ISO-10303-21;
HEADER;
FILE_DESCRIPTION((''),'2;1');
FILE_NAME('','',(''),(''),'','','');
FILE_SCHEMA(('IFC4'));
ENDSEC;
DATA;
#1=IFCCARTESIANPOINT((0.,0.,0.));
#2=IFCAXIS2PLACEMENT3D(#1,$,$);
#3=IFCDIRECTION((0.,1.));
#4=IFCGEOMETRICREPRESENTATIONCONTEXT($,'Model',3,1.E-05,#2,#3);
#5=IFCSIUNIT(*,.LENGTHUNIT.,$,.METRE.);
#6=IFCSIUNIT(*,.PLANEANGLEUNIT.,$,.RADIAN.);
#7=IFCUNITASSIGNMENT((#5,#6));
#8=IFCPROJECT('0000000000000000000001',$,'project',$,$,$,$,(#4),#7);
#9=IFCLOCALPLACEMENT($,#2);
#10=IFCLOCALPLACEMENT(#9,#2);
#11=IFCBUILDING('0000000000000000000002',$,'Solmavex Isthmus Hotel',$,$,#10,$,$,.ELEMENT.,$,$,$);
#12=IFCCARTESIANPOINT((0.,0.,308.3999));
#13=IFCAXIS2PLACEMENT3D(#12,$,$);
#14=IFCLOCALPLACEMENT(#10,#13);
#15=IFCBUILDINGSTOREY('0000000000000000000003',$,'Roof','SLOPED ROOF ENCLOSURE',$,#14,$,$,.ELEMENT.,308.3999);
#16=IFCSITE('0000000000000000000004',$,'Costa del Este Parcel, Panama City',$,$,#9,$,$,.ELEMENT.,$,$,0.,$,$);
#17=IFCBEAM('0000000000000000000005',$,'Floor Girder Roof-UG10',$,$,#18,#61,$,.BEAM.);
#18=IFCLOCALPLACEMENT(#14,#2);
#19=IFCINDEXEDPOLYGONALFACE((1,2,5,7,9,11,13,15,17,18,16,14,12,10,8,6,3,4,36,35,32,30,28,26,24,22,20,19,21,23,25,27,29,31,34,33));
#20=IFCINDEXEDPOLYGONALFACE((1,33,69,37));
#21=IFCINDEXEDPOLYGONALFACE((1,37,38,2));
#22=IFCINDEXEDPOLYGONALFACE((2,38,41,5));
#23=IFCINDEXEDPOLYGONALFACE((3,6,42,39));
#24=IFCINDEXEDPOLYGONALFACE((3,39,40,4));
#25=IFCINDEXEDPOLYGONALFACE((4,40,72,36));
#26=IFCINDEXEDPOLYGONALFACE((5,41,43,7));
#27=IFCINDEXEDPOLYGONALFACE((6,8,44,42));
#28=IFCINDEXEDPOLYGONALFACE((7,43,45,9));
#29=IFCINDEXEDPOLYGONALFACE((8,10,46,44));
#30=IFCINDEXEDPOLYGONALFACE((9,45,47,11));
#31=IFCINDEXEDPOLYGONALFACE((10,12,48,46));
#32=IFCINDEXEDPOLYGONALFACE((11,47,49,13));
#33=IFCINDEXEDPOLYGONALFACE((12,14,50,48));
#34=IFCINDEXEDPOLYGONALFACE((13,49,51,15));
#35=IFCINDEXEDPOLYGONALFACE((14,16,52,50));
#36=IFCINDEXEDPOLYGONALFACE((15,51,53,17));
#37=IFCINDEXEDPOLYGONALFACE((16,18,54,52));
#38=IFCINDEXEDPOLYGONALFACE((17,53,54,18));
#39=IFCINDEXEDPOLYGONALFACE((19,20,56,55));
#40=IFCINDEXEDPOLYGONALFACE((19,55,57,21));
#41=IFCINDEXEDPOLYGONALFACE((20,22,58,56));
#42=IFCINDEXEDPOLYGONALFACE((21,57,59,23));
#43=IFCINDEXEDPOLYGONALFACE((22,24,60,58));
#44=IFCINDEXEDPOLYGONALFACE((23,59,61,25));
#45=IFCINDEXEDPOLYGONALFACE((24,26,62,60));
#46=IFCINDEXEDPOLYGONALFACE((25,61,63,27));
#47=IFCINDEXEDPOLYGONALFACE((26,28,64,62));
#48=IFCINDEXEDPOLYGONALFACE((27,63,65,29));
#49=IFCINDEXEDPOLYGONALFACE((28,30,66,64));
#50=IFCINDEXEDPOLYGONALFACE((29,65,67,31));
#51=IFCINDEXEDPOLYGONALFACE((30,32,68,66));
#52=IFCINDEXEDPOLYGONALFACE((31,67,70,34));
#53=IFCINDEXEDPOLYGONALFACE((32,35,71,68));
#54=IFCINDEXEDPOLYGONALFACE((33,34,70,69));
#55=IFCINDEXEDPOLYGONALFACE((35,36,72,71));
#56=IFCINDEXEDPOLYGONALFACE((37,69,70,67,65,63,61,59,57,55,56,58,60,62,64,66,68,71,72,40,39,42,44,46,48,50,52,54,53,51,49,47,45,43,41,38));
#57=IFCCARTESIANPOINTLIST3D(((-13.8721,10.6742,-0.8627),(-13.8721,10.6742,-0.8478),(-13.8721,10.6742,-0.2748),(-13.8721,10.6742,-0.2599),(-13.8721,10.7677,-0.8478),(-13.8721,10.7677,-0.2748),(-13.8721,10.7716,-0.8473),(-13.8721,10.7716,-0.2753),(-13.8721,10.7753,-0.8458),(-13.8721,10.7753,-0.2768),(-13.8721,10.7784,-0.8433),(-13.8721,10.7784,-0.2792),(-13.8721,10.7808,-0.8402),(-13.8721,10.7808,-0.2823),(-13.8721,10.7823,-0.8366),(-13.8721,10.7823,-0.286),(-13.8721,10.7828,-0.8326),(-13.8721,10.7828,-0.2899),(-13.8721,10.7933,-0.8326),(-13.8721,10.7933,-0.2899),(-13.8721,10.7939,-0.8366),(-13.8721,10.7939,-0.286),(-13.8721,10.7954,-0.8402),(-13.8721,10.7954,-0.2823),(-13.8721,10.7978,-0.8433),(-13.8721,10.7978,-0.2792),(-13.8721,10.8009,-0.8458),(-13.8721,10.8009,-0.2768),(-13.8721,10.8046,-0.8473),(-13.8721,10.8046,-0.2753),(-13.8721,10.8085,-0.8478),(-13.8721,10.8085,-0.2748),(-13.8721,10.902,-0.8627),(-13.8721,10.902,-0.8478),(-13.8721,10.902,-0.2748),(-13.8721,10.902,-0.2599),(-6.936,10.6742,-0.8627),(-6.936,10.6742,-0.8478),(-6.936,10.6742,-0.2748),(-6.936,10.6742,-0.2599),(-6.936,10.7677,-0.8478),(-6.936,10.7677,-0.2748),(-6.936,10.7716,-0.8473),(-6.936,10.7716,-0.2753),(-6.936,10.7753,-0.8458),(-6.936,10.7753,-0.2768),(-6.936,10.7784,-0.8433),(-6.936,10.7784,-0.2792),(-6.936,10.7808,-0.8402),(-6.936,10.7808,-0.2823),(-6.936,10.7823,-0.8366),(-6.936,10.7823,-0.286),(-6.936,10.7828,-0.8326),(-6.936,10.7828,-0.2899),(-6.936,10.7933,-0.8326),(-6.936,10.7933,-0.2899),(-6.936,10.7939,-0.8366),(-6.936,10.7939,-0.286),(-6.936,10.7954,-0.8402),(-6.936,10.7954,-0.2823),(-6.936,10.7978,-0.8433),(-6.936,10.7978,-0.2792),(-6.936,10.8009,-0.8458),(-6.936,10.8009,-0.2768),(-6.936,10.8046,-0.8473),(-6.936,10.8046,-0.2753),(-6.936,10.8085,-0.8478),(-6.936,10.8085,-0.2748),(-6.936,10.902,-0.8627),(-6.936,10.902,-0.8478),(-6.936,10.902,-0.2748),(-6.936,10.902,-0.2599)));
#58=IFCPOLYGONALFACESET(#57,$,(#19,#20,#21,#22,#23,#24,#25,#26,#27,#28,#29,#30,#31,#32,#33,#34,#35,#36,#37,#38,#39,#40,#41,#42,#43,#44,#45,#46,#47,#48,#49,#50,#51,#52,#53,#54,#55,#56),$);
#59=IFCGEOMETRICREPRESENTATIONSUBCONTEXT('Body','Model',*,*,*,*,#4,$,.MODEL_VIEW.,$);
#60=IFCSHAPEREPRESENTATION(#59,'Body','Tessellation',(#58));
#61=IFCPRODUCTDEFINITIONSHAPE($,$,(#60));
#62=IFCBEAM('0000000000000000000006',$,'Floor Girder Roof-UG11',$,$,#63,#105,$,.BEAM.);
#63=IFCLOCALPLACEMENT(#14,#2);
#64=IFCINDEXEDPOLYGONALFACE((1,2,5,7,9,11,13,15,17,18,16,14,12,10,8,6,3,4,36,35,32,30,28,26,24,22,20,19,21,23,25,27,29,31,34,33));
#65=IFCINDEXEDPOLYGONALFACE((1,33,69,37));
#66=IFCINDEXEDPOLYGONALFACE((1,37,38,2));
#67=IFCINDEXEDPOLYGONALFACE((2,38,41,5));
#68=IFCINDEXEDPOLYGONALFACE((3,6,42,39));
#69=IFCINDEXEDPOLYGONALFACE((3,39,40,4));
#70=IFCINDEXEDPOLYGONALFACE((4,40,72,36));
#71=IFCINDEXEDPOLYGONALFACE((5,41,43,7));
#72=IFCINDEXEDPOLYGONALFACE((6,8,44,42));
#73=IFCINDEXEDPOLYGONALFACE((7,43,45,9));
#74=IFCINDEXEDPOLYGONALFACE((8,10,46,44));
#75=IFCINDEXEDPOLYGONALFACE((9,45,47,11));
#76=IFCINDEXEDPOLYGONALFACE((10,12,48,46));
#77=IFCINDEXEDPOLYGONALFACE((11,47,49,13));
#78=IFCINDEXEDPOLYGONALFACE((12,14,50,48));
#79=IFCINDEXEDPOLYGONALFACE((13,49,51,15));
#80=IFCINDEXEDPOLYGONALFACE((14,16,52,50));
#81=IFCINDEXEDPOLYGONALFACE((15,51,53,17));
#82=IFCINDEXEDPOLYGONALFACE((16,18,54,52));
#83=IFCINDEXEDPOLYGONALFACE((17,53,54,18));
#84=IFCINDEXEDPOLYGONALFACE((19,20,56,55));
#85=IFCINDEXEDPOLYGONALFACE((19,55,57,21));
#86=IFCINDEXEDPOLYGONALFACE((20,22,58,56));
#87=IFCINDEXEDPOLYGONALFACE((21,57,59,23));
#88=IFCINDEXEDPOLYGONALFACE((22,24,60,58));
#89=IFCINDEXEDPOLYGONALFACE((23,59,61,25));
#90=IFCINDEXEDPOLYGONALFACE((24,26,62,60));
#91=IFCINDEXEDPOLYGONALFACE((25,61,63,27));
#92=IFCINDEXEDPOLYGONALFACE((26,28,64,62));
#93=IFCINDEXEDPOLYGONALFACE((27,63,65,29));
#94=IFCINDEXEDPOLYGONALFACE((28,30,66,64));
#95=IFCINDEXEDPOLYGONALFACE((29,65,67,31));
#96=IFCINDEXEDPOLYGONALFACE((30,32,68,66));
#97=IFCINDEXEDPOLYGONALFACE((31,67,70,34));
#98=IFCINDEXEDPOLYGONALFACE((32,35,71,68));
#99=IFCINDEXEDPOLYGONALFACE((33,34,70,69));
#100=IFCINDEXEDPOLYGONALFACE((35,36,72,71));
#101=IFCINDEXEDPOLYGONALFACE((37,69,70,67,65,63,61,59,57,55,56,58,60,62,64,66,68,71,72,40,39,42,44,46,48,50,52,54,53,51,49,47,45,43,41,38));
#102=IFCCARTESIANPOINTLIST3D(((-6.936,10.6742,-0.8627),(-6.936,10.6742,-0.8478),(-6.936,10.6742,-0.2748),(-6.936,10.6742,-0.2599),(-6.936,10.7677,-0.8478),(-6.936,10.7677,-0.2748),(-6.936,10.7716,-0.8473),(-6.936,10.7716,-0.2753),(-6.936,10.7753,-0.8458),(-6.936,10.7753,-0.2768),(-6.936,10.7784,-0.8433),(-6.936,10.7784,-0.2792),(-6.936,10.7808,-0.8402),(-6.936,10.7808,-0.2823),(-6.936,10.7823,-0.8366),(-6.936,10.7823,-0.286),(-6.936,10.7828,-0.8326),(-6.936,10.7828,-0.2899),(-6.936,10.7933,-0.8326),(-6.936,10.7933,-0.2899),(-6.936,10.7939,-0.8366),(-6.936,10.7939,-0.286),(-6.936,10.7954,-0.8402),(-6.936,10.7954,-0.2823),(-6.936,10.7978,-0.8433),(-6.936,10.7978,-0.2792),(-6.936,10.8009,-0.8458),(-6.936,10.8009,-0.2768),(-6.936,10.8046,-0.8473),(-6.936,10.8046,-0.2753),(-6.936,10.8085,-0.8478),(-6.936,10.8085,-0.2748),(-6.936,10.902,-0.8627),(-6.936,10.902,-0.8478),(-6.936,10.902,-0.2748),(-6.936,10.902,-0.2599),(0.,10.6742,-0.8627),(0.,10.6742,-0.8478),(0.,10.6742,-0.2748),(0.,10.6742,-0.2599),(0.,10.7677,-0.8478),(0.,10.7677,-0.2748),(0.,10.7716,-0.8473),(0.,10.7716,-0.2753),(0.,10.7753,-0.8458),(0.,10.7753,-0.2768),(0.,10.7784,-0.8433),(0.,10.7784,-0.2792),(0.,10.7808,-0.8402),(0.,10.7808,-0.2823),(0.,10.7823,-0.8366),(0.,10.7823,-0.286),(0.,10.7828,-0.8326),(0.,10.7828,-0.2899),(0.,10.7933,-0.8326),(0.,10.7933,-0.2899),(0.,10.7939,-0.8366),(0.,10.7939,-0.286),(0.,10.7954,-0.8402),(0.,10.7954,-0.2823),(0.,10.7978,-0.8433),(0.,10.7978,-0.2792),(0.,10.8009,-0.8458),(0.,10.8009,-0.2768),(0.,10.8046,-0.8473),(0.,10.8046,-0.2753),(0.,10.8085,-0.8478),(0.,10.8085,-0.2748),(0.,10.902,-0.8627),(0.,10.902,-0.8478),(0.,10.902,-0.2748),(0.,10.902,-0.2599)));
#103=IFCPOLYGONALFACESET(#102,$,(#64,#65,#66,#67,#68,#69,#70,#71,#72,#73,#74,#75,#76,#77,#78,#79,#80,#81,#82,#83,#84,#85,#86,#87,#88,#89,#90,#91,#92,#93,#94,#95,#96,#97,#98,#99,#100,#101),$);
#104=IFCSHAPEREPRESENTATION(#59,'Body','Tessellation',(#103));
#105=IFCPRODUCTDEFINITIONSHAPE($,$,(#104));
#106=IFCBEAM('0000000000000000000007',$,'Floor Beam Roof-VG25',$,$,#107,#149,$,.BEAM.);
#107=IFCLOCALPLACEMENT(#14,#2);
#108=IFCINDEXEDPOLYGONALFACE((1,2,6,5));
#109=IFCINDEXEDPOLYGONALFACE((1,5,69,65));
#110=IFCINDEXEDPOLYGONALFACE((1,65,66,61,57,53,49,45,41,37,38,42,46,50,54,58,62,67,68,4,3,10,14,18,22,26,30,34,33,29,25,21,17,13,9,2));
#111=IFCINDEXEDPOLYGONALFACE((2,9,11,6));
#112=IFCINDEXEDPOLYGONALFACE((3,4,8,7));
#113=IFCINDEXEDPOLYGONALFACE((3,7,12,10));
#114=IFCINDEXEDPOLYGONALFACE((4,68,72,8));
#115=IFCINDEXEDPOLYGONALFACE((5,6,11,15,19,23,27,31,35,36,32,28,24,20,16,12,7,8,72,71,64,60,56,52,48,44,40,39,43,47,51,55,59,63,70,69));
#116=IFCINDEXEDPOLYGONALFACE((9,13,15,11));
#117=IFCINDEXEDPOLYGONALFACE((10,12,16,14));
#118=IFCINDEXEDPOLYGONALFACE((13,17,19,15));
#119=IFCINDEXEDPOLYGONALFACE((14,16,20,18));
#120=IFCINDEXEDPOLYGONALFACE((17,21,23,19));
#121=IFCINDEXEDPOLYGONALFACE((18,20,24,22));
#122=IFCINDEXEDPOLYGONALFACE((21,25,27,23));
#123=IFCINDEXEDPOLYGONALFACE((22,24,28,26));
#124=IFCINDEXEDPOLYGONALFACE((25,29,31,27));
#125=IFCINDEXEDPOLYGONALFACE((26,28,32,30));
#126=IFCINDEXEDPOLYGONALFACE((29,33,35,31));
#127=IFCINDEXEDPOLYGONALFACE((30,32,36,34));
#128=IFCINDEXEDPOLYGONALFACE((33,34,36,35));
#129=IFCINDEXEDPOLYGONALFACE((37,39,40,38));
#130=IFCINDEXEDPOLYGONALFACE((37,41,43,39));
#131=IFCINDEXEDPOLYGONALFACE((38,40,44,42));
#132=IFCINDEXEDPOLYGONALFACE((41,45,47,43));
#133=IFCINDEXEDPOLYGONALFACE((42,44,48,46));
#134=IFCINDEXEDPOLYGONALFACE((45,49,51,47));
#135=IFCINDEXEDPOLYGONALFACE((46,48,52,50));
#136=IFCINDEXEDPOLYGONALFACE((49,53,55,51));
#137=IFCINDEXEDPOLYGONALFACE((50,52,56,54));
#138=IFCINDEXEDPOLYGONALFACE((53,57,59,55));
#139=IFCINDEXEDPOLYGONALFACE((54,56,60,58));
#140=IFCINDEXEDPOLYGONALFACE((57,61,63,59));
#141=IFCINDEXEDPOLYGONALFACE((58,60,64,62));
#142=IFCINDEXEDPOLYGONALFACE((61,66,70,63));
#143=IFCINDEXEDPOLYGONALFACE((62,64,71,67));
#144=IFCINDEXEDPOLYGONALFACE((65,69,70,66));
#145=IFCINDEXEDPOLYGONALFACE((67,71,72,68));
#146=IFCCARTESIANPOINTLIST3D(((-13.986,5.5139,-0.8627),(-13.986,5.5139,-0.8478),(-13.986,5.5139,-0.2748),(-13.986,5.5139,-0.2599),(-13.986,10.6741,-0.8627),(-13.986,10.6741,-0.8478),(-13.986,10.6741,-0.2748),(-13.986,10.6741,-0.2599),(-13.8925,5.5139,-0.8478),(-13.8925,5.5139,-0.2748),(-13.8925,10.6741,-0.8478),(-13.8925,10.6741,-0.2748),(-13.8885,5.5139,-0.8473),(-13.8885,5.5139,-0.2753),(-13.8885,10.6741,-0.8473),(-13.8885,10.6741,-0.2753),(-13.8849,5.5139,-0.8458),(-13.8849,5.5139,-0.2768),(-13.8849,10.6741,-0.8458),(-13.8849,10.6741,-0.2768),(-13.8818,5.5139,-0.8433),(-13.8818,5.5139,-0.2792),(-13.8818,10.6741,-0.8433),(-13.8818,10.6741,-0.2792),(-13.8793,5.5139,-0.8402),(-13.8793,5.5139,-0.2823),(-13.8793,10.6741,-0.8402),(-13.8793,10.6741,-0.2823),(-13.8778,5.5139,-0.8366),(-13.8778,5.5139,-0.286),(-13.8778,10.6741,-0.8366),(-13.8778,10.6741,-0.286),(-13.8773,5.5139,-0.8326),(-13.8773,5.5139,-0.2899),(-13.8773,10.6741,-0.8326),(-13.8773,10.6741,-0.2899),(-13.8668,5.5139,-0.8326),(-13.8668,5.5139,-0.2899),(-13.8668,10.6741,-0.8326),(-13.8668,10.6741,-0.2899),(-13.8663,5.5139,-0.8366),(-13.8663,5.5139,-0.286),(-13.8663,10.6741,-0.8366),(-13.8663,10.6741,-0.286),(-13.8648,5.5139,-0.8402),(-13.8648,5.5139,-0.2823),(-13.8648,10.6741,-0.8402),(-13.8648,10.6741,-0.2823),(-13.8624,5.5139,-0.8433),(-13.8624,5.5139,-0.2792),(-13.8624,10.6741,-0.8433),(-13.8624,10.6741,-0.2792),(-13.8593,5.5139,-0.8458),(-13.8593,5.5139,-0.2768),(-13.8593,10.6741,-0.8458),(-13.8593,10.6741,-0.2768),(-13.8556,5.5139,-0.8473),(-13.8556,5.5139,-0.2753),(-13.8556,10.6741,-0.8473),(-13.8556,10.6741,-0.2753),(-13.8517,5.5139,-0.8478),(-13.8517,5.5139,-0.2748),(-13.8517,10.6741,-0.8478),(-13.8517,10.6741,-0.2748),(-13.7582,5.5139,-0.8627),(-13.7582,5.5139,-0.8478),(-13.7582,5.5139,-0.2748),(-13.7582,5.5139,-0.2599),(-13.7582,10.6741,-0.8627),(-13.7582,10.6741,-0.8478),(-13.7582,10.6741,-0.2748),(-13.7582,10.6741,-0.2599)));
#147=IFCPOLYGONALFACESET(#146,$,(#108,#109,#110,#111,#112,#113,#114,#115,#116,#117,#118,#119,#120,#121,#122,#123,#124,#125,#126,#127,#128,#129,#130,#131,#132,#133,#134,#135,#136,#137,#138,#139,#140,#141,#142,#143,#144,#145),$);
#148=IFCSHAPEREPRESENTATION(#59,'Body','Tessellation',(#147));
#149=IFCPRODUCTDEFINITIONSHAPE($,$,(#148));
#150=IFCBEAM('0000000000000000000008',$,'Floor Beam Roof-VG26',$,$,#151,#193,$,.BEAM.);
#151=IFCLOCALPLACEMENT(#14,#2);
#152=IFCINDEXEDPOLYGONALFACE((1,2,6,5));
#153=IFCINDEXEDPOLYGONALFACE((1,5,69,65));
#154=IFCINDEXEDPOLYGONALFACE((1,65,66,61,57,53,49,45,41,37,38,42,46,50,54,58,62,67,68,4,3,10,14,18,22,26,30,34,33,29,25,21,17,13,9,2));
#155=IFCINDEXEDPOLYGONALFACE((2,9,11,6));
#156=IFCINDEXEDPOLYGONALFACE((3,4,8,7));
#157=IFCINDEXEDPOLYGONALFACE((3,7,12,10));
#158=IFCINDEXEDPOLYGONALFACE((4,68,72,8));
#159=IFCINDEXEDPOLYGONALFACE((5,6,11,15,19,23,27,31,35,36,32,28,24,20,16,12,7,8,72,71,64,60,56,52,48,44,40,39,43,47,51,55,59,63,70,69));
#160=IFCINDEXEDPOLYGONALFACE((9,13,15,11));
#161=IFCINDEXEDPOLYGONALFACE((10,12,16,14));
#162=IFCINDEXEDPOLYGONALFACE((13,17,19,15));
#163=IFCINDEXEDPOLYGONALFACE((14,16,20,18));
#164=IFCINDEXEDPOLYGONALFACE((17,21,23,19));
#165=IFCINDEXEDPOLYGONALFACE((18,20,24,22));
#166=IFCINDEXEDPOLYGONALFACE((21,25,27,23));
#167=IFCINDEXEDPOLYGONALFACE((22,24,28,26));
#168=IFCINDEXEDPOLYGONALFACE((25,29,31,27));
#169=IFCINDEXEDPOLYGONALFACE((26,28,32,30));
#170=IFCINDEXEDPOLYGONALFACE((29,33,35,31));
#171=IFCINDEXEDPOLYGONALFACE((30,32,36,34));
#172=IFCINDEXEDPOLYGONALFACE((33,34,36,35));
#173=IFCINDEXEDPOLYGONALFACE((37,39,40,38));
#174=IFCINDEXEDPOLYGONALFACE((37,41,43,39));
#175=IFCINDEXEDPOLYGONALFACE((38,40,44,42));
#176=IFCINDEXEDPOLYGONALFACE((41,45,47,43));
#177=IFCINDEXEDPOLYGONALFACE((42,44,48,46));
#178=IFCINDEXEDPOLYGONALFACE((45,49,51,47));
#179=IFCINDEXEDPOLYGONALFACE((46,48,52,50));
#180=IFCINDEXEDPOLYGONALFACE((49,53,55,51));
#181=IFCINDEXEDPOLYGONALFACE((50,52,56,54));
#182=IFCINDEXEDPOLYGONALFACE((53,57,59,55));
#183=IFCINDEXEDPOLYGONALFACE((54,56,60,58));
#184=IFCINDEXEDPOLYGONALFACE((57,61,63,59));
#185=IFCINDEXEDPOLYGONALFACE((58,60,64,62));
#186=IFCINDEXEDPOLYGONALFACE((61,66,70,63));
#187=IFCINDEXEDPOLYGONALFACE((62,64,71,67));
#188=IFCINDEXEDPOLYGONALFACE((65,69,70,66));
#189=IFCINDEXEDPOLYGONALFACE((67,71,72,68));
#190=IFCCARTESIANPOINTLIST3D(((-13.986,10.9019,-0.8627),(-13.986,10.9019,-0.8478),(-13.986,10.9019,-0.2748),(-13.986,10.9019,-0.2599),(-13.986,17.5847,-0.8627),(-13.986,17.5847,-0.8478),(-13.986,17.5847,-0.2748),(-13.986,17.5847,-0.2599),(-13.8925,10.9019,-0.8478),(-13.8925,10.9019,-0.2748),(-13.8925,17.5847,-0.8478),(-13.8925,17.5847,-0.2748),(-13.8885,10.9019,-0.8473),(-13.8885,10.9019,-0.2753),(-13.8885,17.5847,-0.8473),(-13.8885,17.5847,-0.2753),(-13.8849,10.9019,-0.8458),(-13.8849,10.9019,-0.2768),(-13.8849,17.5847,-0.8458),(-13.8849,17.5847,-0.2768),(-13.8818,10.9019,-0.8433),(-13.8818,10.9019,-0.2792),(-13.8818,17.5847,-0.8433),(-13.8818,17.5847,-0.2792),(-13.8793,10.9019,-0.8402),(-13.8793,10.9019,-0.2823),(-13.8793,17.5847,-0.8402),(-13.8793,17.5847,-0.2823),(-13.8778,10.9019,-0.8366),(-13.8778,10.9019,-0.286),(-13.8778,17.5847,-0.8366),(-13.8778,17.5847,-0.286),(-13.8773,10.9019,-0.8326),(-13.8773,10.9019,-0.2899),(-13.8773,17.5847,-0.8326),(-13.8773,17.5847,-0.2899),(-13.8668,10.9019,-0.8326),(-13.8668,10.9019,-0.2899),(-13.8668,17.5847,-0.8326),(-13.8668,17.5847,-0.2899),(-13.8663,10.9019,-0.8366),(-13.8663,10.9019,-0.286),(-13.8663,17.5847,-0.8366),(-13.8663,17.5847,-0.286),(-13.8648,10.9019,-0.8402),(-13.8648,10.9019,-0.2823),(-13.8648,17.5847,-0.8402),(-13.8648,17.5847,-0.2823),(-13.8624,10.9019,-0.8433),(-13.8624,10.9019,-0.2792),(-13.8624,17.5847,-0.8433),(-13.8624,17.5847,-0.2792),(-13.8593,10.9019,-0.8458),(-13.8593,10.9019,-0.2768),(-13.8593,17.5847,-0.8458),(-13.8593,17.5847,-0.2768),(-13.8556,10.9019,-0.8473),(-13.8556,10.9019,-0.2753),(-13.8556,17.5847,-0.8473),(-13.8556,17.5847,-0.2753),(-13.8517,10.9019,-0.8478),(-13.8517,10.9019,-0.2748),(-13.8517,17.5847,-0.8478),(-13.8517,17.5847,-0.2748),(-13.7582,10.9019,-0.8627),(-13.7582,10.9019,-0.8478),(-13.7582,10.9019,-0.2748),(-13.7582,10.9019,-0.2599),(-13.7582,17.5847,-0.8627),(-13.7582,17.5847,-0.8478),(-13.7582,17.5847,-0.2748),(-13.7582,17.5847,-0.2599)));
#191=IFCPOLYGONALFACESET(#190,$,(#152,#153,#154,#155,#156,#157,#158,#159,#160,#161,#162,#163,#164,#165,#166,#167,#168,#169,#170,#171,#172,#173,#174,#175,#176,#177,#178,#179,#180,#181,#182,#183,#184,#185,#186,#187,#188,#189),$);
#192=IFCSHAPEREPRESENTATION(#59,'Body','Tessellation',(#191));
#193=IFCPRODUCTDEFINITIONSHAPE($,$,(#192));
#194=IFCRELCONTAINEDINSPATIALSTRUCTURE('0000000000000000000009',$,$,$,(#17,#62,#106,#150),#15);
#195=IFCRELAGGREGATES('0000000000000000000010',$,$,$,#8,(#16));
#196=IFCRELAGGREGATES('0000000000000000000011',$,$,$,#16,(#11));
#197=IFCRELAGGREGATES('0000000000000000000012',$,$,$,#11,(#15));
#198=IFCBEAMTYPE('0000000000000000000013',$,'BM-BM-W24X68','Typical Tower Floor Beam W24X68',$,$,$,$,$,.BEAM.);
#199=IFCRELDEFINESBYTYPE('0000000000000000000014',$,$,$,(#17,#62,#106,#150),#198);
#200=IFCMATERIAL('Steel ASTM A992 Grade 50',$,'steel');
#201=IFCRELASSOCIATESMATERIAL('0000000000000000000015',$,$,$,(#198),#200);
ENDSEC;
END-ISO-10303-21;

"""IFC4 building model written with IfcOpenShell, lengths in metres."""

from ifc_helpers import new_model, si_unit, direction, frame, origin, origin_2d, place, context, subcontext, project, spatial, i_section, extrude, material, material_profile, profile_set, type_object, element, save


model = new_model("IFC4")

# Units and contexts
model_context = context("Model", 3, precision=1e-05, world=origin(), true_north=direction((0.0, 1.0)))
body_context = subcontext(model_context, "Body", "Model", "MODEL_VIEW")
ifc_project = project(units=[si_unit("LENGTHUNIT", "METRE"), si_unit("PLANEANGLEUNIT", "RADIAN")], contexts=[model_context])

# Site, building, storey
site_placement = place(None, origin())
site = spatial("IfcSite", under=ifc_project, at=site_placement, Name="Costa del Este Parcel, Panama City", CompositionType="ELEMENT", RefElevation=0.0)
building_placement = place(site_placement, origin())
building = spatial("IfcBuilding", under=site, at=building_placement, Name="Solmavex Isthmus Hotel", CompositionType="ELEMENT")
storey_placement = place(building_placement, frame((0.0, 0.0, 308.3999)))
storey = spatial("IfcBuildingStorey", under=building, at=storey_placement, Name="Roof", Description="SLOPED ROOF ENCLOSURE", CompositionType="ELEMENT", Elevation=308.3999)

# Beams
ifc_material_1 = material(Name="Steel ASTM A992 Grade 50", Category="steel")
ifc_material_profile_1 = material_profile(ifc_material_1, i_section(OverallWidth=0.2278, OverallDepth=0.6028, WebThickness=0.0105, FlangeThickness=0.0149, FilletRadius=0.0151, at=origin_2d()), Name="W24X68")
ifc_profile_set_1 = profile_set([ifc_material_profile_1], Name="Steel ASTM A992 Grade 50")
beam_type_1 = type_object("IfcBeamType", Name="BM-BM-W24X68", Description="Typical Tower Floor Beam W24X68", PredefinedType="BEAM", material=ifc_profile_set_1)
for number, where, z_axis, x_axis, name in (
    (1, (-13.8721, 10.7881, -0.5613), (1.0, 0.0, 0.0), (0.0, 1.0, 0.0), "Floor Girder Roof-UG10"),
    (2, (-6.936, 10.7881, -0.5613), (1.0, 0.0, 0.0), (0.0, 1.0, 0.0), "Floor Girder Roof-UG11"),
):
    element("IfcBeam", number, at=place(storey_placement, frame(where, z_axis=z_axis, x_axis=x_axis)), inside=storey, type_object=beam_type_1, Name=name, PredefinedType="BEAM", context=body_context, shape_type="SweptSolid", body=[
        extrude(i_section(OverallWidth=0.2278, OverallDepth=0.6028, WebThickness=0.0105, FlangeThickness=0.0149, FilletRadius=0.0151, at=origin_2d()), origin(), (0.0, 0.0, 1.0), 6.936),
    ])
beam_1_placement = place(storey_placement, frame((-13.8721, 5.5139, -0.5613), z_axis=(0.0, 1.0, 0.0), x_axis=(-1.0, 0.0, 0.0)))
element("IfcBeam", 3, at=beam_1_placement, inside=storey, type_object=beam_type_1, Name="Floor Beam Roof-VG25", PredefinedType="BEAM", context=body_context, shape_type="SweptSolid", body=[
    extrude(i_section(OverallWidth=0.2278, OverallDepth=0.6028, WebThickness=0.0105, FlangeThickness=0.0149, FilletRadius=0.0151, at=origin_2d()), origin(), (0.0, 0.0, 1.0), 5.1602),
])
beam_2_placement = place(storey_placement, frame((-13.8721, 10.9019, -0.5613), z_axis=(0.0, 1.0, 0.0), x_axis=(-1.0, 0.0, 0.0)))
element("IfcBeam", 4, at=beam_2_placement, inside=storey, type_object=beam_type_1, Name="Floor Beam Roof-VG26", PredefinedType="BEAM", context=body_context, shape_type="SweptSolid", body=[
    extrude(i_section(OverallWidth=0.2278, OverallDepth=0.6028, WebThickness=0.0105, FlangeThickness=0.0149, FilletRadius=0.0151, at=origin_2d()), origin(), (0.0, 0.0, 1.0), 6.6829),
])

save(model, "model.ifc")
